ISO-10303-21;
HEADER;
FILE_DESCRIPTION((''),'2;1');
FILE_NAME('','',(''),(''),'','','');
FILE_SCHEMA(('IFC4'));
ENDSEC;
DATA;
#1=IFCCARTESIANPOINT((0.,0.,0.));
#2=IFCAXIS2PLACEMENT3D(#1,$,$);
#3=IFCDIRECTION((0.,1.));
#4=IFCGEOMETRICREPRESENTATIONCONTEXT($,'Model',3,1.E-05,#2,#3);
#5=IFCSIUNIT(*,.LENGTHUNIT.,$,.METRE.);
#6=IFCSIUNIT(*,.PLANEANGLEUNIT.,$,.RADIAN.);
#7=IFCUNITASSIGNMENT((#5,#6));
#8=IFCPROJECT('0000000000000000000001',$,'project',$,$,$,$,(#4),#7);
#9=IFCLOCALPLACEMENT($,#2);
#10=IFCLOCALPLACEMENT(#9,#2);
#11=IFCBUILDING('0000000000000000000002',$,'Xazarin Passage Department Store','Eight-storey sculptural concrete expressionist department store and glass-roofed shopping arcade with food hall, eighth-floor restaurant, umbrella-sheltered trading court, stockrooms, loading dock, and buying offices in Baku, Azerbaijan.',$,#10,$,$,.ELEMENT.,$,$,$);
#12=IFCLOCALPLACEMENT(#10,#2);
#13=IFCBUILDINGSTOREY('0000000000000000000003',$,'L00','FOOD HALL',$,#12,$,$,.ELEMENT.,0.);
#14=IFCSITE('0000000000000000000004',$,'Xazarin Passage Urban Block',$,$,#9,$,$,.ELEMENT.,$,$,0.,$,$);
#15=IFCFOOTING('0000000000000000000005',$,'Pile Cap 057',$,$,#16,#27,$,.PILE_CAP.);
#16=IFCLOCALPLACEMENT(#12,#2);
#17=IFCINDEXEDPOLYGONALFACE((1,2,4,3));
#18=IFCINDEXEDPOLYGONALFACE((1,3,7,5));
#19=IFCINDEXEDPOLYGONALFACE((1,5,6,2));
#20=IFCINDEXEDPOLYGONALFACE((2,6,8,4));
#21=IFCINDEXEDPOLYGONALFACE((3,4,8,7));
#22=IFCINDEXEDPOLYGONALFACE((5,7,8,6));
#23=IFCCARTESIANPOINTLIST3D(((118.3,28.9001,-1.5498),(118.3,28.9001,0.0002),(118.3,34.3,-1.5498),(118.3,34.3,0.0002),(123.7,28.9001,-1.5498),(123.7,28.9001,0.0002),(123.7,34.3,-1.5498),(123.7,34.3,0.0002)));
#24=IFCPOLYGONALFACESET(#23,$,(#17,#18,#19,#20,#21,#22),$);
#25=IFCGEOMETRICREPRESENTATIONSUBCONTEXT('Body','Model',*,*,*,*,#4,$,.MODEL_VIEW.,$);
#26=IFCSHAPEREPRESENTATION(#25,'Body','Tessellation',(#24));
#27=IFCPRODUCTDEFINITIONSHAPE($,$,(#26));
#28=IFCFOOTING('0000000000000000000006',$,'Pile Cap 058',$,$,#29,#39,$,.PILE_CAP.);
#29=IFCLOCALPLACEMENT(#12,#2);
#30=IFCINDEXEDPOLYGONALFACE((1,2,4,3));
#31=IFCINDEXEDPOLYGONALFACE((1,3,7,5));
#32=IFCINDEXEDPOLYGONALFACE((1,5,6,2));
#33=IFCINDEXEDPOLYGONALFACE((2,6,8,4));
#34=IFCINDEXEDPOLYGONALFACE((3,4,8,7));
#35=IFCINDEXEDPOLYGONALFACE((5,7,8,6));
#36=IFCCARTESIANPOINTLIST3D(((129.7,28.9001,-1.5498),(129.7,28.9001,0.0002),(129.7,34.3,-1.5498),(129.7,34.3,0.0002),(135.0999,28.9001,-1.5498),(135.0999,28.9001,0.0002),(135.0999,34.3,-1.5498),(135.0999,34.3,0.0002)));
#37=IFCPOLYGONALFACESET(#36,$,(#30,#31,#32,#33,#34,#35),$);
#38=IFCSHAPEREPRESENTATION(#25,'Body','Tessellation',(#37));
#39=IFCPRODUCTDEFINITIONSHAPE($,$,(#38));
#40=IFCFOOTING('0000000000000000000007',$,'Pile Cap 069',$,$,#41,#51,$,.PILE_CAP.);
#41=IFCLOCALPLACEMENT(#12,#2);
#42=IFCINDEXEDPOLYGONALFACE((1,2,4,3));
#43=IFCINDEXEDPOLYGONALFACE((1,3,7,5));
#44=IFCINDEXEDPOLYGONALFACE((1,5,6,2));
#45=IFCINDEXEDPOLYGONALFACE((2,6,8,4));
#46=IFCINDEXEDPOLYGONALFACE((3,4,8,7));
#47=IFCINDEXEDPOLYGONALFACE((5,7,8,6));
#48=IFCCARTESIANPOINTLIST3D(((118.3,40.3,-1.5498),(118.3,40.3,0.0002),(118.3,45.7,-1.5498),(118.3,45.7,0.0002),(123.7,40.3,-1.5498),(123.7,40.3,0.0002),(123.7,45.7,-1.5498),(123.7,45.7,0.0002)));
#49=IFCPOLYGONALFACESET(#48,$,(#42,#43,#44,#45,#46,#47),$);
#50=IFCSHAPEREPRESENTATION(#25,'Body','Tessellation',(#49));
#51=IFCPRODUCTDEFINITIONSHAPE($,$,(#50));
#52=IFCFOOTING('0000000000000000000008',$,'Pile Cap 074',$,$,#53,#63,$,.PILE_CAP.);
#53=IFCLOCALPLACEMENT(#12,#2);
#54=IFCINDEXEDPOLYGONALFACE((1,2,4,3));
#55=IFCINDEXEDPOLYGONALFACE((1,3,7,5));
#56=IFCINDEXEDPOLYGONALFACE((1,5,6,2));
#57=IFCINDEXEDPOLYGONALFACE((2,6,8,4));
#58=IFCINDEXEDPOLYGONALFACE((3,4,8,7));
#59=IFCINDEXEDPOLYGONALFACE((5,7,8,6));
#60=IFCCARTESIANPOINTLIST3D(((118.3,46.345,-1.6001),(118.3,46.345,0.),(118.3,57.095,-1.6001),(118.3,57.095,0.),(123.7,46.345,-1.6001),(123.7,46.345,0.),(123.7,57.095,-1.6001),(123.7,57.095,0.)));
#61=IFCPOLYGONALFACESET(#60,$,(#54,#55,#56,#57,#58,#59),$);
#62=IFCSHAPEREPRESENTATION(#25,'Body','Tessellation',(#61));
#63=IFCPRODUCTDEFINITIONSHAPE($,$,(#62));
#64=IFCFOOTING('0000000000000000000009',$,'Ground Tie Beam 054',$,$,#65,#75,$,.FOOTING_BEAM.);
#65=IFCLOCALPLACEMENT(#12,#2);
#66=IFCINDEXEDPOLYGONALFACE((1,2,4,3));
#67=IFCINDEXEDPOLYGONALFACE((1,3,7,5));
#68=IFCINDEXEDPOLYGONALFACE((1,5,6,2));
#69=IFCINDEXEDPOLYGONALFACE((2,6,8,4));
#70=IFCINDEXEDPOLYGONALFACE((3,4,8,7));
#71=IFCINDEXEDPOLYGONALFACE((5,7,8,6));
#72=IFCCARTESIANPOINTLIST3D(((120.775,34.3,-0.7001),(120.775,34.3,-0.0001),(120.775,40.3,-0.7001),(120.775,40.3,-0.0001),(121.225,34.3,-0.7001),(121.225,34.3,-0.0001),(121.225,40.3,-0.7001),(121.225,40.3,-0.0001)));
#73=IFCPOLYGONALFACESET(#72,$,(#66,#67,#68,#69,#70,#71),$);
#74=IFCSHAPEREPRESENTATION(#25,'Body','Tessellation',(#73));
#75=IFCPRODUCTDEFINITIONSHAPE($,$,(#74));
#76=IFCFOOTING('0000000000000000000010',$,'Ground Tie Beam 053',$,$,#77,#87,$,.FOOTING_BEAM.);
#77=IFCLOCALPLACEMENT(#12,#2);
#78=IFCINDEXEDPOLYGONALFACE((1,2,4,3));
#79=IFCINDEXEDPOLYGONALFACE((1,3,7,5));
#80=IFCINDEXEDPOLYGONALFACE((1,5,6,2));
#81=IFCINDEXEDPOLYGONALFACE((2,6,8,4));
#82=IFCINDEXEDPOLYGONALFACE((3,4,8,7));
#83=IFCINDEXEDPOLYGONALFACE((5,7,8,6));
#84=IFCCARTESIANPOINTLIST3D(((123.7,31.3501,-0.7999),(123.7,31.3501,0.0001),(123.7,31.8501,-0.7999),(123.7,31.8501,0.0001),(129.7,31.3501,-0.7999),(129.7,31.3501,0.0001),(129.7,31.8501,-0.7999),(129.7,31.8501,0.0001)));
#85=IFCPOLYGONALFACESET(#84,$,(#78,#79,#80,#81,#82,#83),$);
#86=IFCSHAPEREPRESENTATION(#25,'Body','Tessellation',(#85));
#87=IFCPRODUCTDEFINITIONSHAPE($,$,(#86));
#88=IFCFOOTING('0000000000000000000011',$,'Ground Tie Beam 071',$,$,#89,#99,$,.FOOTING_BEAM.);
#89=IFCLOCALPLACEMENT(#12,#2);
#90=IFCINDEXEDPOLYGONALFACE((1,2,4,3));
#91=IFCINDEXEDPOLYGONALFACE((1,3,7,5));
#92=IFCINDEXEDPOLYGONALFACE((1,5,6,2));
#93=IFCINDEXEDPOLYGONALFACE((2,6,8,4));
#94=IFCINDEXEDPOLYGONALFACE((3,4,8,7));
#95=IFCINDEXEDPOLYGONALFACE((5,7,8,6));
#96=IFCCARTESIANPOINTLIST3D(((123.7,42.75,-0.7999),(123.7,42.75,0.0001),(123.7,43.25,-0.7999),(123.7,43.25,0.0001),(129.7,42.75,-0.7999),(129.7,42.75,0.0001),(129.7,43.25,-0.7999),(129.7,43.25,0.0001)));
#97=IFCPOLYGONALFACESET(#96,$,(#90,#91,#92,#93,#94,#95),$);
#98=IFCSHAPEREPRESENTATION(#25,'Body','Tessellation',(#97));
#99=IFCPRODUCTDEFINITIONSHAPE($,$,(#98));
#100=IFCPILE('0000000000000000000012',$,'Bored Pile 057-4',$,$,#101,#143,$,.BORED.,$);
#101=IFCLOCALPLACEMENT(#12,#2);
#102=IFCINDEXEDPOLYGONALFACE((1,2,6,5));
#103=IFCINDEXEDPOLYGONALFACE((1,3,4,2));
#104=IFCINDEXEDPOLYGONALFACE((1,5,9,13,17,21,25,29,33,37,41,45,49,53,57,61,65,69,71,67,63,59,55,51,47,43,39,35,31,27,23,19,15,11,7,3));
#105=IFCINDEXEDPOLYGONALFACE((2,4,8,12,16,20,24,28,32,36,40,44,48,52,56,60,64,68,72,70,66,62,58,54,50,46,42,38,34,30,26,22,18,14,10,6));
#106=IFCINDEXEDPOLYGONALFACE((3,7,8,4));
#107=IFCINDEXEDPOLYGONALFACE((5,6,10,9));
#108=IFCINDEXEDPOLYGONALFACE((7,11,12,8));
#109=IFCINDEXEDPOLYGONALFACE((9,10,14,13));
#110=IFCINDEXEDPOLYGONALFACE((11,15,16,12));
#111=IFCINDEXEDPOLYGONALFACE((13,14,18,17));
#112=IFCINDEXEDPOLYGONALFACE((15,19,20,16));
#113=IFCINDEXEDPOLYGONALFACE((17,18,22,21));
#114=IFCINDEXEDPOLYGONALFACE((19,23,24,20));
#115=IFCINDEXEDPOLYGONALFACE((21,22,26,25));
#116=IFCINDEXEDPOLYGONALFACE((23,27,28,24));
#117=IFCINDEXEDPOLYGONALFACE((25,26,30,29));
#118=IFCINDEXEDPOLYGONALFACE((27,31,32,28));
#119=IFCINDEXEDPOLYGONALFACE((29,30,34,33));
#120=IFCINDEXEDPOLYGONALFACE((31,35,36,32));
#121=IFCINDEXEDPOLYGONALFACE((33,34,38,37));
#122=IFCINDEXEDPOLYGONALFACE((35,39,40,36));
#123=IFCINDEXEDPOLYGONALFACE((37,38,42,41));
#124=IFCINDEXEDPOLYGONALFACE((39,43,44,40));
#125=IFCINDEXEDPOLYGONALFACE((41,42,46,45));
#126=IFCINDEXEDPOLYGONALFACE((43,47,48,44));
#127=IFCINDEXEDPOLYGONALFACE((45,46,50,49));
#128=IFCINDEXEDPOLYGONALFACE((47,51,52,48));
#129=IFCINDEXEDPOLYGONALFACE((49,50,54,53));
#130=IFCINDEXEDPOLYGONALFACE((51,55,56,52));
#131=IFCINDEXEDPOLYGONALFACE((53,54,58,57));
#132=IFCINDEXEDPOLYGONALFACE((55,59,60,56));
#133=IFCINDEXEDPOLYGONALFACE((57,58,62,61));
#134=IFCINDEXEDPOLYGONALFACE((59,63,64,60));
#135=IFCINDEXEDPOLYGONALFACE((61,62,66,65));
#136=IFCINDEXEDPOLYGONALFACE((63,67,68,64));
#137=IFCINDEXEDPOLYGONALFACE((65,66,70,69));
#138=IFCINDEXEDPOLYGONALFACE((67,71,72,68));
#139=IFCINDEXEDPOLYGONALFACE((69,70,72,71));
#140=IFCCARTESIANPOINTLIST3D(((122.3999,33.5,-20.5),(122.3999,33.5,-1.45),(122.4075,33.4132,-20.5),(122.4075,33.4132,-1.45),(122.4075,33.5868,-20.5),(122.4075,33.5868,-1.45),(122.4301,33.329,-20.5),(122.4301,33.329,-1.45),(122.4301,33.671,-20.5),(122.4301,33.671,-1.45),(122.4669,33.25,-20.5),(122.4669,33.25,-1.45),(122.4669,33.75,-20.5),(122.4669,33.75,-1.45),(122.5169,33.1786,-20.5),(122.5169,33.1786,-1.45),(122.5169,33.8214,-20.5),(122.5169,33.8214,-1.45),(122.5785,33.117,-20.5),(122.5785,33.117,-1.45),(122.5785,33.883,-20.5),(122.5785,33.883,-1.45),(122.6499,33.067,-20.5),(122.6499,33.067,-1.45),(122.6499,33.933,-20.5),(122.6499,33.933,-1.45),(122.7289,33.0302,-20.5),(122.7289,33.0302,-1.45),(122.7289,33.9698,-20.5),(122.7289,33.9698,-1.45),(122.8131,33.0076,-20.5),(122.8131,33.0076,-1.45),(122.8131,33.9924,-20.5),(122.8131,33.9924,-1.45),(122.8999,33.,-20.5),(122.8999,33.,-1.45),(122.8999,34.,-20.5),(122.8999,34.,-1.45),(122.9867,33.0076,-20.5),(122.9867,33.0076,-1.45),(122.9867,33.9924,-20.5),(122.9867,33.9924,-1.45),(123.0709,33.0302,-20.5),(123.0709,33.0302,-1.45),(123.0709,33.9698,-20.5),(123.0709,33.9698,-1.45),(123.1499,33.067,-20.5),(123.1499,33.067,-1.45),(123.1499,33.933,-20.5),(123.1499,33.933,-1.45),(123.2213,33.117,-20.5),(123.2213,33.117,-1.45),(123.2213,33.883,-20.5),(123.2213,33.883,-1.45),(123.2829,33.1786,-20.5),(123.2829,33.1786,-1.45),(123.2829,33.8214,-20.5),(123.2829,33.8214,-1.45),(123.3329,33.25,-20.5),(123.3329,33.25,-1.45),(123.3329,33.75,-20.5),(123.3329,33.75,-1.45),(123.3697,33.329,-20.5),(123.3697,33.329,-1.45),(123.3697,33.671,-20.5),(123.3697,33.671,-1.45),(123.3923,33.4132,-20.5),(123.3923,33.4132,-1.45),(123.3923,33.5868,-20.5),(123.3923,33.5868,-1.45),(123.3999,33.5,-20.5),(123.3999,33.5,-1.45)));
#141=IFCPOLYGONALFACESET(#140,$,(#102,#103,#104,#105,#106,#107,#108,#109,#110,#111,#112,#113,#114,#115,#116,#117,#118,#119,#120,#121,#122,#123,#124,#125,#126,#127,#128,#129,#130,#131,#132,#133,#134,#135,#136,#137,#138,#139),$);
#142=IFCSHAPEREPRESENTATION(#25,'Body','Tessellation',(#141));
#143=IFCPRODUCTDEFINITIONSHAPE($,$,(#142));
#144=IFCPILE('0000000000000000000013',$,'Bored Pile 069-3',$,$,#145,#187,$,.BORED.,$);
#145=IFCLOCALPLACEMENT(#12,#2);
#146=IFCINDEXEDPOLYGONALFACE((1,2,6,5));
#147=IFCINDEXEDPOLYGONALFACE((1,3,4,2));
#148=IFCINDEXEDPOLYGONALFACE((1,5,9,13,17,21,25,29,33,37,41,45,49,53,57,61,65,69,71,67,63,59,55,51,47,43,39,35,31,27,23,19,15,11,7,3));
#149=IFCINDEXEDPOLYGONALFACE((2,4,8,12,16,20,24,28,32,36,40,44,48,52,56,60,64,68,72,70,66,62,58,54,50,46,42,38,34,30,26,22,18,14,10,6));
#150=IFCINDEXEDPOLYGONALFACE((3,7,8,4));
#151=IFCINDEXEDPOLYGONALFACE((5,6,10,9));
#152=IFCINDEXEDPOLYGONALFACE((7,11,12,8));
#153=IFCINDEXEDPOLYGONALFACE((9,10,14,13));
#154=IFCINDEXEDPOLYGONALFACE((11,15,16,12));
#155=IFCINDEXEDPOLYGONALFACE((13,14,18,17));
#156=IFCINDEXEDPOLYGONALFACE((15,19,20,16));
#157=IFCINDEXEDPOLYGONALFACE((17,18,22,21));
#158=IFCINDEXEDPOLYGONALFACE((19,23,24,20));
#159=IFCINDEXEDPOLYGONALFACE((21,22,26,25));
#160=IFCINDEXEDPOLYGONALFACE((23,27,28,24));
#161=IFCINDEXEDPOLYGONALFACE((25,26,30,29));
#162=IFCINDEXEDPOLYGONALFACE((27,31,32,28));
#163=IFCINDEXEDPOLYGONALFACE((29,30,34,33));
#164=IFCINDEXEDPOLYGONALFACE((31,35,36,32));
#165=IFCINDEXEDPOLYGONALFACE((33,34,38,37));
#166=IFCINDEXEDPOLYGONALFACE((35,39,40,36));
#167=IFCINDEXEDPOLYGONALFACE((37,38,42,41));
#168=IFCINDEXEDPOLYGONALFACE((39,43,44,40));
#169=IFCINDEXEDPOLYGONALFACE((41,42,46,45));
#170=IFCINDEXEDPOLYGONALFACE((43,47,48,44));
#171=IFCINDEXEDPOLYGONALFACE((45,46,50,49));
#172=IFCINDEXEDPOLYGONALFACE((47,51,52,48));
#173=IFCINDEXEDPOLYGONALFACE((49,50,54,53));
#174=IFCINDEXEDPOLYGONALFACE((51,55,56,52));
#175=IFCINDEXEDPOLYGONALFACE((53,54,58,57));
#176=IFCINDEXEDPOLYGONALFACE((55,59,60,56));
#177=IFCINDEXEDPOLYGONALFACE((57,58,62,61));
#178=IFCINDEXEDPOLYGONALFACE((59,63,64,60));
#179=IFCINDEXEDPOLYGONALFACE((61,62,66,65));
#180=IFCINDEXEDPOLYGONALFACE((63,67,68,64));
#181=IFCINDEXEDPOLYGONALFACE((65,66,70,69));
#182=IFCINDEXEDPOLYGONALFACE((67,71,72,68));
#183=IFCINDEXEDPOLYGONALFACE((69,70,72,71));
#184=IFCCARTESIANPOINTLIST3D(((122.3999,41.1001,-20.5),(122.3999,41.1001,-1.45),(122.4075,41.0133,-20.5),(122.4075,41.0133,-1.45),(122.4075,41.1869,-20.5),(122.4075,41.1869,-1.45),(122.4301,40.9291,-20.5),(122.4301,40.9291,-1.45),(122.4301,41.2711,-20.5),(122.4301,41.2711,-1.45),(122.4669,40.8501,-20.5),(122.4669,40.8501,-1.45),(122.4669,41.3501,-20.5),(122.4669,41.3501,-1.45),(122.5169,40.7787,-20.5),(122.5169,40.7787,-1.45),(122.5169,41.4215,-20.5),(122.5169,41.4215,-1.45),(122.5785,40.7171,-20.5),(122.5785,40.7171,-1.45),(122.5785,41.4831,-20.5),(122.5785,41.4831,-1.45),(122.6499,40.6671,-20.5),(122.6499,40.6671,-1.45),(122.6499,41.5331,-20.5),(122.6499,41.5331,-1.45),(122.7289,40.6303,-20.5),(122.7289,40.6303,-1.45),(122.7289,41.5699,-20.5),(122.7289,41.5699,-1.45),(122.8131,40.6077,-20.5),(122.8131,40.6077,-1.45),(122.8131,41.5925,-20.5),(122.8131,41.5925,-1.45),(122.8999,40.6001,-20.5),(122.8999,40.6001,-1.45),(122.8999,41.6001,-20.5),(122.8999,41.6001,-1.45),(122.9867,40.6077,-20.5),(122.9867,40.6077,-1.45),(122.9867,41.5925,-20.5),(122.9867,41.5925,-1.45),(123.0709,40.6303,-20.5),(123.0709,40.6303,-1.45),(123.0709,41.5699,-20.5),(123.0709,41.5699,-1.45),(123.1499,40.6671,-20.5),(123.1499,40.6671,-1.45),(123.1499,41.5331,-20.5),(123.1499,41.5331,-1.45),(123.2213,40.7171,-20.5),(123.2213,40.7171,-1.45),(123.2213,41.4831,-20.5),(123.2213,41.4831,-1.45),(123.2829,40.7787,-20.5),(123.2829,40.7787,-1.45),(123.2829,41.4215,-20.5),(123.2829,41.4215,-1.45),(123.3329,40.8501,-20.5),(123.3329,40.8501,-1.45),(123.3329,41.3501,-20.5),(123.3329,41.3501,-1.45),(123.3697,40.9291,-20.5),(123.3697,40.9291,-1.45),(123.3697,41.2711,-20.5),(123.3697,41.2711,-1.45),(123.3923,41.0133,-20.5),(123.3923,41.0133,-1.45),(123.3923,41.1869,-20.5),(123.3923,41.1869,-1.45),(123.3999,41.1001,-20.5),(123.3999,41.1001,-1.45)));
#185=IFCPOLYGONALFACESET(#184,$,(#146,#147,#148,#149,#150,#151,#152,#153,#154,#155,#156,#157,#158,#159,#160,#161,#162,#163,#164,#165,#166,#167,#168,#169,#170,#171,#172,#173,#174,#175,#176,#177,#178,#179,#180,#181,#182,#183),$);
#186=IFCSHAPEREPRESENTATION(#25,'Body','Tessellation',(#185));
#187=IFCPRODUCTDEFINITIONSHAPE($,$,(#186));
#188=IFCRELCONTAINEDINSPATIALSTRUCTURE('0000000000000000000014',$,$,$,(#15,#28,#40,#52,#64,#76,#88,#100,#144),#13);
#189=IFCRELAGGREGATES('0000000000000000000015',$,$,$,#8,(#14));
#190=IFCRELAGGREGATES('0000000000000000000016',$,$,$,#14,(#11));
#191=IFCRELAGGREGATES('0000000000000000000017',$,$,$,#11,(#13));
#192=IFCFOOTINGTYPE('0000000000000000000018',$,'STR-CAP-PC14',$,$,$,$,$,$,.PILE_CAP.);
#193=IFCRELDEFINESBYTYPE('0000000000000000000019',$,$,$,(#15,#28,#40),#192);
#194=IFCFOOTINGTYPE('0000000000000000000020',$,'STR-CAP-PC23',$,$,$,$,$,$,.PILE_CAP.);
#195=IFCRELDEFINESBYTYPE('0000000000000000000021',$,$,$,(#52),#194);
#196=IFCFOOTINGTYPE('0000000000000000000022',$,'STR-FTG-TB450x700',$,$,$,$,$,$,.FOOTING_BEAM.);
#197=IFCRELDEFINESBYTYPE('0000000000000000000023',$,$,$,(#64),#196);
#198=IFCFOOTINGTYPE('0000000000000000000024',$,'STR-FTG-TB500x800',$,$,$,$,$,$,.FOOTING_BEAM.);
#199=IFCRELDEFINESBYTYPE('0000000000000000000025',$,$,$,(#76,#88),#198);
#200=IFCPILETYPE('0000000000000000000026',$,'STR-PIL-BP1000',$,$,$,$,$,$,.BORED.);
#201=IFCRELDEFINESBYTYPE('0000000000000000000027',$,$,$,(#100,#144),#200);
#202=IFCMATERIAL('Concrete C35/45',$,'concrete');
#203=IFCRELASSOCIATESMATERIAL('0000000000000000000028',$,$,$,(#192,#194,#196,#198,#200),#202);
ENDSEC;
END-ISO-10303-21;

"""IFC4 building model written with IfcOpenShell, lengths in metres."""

from ifc_helpers import new_model, si_unit, direction, frame, origin, origin_2d, place, context, subcontext, project, spatial, rectangle, circle, extrude, material, material_profile, profile_set, type_object, element, save


model = new_model("IFC4")

# Units and contexts
model_context = context("Model", 3, precision=1e-05, world=origin(), true_north=direction((0.0, 1.0)))
body_context = subcontext(model_context, "Body", "Model", "MODEL_VIEW")
ifc_project = project(units=[si_unit("LENGTHUNIT", "METRE"), si_unit("PLANEANGLEUNIT", "RADIAN")], contexts=[model_context])

# Site, building, storey
site_placement = place(None, origin())
site = spatial("IfcSite", under=ifc_project, at=site_placement, Name="Xazarin Passage Urban Block", CompositionType="ELEMENT", RefElevation=0.0)
building_placement = place(site_placement, origin())
building = spatial("IfcBuilding", under=site, at=building_placement, Name="Xazarin Passage Department Store", Description="Eight-storey sculptural concrete expressionist department store and glass-roofed shopping arcade with food hall, eighth-floor restaurant, umbrella-sheltered trading court, stockrooms, loading dock, and buying offices in Baku, Azerbaijan.", CompositionType="ELEMENT")
storey_placement = place(building_placement, origin())
storey = spatial("IfcBuildingStorey", under=building, at=storey_placement, Name="L00", Description="FOOD HALL", CompositionType="ELEMENT", Elevation=0.0)

# Footings
ifc_material_1 = material(Name="Concrete C35/45", Category="concrete")
footing_type_1 = type_object("IfcFootingType", Name="STR-CAP-PC14", PredefinedType="PILE_CAP", material=ifc_material_1)
for number, where, z_axis, x_axis, name in (
    (1, (121.0, 31.6001, -1.5498), (0.0, 0.0, 1.0), (1.0, 0.0, 0.0), "Pile Cap 057"),
    (2, (132.3999, 31.6001, -1.5498), (0.0, 0.0, 1.0), (1.0, 0.0, 0.0), "Pile Cap 058"),
    (3, (121.0, 43.0, -1.5498), (0.0, 0.0, 1.0), (1.0, 0.0, 0.0), "Pile Cap 069"),
):
    element("IfcFooting", number, at=place(storey_placement, frame(where, z_axis=z_axis, x_axis=x_axis)), inside=storey, type_object=footing_type_1, Name=name, PredefinedType="PILE_CAP", context=body_context, shape_type="SweptSolid", body=[
        extrude(rectangle(XDim=5.3999, YDim=5.3999, at=origin_2d()), origin(), (0.0, 0.0, 1.0), 1.55),
    ])
footing_type_2 = type_object("IfcFootingType", Name="STR-CAP-PC23", PredefinedType="PILE_CAP", material=ifc_material_1)
footing_1_placement = place(storey_placement, frame((121.0, 51.72, -1.6001), z_axis=(0.0, 0.0, 1.0), x_axis=(0.0, 1.0, 0.0)))
element("IfcFooting", 4, at=footing_1_placement, inside=storey, type_object=footing_type_2, Name="Pile Cap 074", PredefinedType="PILE_CAP", context=body_context, shape_type="SweptSolid", body=[
    extrude(rectangle(XDim=10.75, YDim=5.3999, at=origin_2d()), origin(), (0.0, 0.0, 1.0), 1.6001),
])
ifc_material_profile_1 = material_profile(ifc_material_1, rectangle(XDim=0.45, YDim=0.7, at=origin_2d()), Name="RC 450x700")
ifc_profile_set_1 = profile_set([ifc_material_profile_1], Name="Concrete C35/45")
footing_type_3 = type_object("IfcFootingType", Name="STR-FTG-TB450x700", PredefinedType="FOOTING_BEAM", material=ifc_profile_set_1)
footing_2_placement = place(storey_placement, frame((121.0, 34.3, -0.3501), z_axis=(0.0, 1.0, 0.0), x_axis=(-1.0, 0.0, 0.0)))
element("IfcFooting", 5, at=footing_2_placement, inside=storey, type_object=footing_type_3, Name="Ground Tie Beam 054", PredefinedType="FOOTING_BEAM", context=body_context, shape_type="SweptSolid", body=[
    extrude(rectangle(XDim=0.45, YDim=0.7, at=origin_2d()), origin(), (0.0, 0.0, 1.0), 6.0),
])
ifc_material_profile_2 = material_profile(ifc_material_1, rectangle(XDim=0.5, YDim=0.8, at=origin_2d()), Name="RC 500x800")
ifc_profile_set_2 = profile_set([ifc_material_profile_2], Name="Concrete C35/45")
footing_type_4 = type_object("IfcFootingType", Name="STR-FTG-TB500x800", PredefinedType="FOOTING_BEAM", material=ifc_profile_set_2)
for number, where, z_axis, x_axis, name in (
    (6, (123.7, 31.6001, -0.3999), (1.0, 0.0, 0.0), (0.0, 1.0, 0.0), "Ground Tie Beam 053"),
    (7, (123.7, 43.0, -0.3999), (1.0, 0.0, 0.0), (0.0, 1.0, 0.0), "Ground Tie Beam 071"),
):
    element("IfcFooting", number, at=place(storey_placement, frame(where, z_axis=z_axis, x_axis=x_axis)), inside=storey, type_object=footing_type_4, Name=name, PredefinedType="FOOTING_BEAM", context=body_context, shape_type="SweptSolid", body=[
        extrude(rectangle(XDim=0.5, YDim=0.8, at=origin_2d()), origin(), (0.0, 0.0, 1.0), 6.0),
    ])

# Piles
ifc_material_profile_3 = material_profile(ifc_material_1, circle(Radius=0.5, at=origin_2d()), Name="BP 1000")
ifc_profile_set_3 = profile_set([ifc_material_profile_3], Name="Concrete C35/45")
pile_type_1 = type_object("IfcPileType", Name="STR-PIL-BP1000", PredefinedType="BORED", material=ifc_profile_set_3)
for number, where, z_axis, x_axis, name in (
    (8, (122.8999, 33.5, -1.45), (0.0, 0.0, -1.0), (1.0, 0.0, 0.0), "Bored Pile 057-4"),
    (9, (122.8999, 41.1001, -1.45), (0.0, 0.0, -1.0), (1.0, 0.0, 0.0), "Bored Pile 069-3"),
):
    element("IfcPile", number, at=place(storey_placement, frame(where, z_axis=z_axis, x_axis=x_axis)), inside=storey, type_object=pile_type_1, Name=name, PredefinedType="BORED", context=body_context, shape_type="SweptSolid", body=[
        extrude(circle(Radius=0.5, at=origin_2d()), origin(), (0.0, 0.0, 1.0), 19.05),
    ])

save(model, "model.ifc")
